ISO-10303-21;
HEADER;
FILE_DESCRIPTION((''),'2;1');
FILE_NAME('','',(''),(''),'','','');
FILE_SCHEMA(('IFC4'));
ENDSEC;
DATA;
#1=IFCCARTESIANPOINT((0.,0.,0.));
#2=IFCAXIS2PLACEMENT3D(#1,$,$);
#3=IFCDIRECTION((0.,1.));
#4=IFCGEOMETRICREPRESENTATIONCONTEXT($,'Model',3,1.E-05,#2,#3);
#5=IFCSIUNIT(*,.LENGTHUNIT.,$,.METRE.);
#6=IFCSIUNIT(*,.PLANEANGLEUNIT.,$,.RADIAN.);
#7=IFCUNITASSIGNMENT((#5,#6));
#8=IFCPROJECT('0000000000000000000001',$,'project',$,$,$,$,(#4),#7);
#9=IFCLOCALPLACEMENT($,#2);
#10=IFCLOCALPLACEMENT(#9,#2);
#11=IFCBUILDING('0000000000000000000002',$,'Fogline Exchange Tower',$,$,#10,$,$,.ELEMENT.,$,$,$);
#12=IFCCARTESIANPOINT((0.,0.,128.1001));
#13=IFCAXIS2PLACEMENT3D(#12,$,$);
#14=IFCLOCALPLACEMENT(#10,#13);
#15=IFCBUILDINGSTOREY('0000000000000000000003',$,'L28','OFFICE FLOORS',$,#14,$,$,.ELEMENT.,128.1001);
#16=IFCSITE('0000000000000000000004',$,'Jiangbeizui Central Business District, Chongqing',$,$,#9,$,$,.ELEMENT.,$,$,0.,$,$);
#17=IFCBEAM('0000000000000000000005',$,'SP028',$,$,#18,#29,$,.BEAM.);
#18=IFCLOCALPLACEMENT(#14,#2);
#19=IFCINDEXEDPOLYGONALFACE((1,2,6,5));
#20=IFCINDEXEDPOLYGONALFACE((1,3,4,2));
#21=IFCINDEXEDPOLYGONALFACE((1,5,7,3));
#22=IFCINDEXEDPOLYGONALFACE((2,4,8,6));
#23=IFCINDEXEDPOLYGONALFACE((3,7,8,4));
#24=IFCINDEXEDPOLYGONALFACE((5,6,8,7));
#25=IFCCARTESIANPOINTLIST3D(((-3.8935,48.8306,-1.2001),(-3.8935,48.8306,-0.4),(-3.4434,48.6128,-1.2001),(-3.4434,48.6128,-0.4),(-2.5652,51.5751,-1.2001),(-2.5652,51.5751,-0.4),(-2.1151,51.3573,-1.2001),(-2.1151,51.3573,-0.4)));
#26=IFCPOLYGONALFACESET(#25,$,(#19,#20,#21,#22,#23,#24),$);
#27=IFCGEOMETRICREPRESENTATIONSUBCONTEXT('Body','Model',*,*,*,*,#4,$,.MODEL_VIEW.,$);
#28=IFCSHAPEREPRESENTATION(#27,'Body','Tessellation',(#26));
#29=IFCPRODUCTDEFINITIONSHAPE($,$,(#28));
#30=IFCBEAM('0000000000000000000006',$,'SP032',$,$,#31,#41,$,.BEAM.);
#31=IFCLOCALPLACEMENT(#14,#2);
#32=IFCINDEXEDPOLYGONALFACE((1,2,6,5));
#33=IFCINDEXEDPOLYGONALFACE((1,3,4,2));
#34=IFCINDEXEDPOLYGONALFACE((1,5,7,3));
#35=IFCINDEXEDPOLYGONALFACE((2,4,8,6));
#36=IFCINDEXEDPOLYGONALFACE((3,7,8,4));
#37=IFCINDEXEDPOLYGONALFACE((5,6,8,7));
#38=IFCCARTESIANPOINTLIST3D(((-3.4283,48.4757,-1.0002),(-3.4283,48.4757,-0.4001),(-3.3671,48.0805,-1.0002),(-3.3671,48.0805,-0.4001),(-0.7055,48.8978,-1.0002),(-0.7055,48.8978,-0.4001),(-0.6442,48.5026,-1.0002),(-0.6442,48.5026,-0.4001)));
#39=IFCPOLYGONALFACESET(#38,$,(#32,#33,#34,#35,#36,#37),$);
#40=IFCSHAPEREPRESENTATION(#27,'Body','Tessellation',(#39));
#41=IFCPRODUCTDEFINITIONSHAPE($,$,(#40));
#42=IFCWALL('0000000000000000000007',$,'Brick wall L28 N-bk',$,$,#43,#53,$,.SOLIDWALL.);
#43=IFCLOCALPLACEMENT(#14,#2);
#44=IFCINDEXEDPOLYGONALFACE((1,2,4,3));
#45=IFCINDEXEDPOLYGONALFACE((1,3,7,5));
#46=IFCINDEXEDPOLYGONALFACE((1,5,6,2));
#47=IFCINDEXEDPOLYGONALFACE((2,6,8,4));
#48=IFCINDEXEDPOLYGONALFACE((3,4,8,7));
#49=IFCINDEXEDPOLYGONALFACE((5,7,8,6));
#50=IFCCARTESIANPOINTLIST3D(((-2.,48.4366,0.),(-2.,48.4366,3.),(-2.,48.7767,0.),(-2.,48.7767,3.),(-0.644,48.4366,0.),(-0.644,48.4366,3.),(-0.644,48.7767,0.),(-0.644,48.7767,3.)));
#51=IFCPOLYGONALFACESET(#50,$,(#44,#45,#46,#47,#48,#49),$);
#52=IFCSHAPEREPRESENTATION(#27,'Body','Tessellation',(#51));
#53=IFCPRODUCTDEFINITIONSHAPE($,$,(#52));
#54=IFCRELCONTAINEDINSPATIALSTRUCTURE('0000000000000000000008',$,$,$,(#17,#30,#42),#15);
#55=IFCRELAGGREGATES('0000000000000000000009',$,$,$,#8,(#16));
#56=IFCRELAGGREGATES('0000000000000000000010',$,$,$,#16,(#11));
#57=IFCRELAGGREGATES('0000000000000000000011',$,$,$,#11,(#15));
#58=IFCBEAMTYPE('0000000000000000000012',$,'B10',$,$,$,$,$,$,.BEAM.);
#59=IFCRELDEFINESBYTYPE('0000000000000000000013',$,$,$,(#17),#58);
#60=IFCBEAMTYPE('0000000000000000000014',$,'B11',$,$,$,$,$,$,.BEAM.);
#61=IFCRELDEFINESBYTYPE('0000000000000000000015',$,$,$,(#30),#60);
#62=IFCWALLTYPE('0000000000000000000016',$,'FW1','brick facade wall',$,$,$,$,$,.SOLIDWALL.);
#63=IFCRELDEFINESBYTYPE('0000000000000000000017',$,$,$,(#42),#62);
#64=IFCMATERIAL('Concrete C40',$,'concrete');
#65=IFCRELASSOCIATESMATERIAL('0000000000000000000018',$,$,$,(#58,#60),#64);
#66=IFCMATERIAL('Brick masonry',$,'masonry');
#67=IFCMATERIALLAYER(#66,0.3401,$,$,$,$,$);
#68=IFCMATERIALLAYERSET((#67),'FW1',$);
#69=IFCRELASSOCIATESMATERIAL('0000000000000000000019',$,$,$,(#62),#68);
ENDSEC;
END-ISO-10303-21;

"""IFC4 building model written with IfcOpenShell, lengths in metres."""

from ifc_helpers import new_model, si_unit, direction, frame, frame_2d, origin, origin_2d, place, context, subcontext, project, spatial, rectangle, extrude, material, layer, layer_set, material_profile, profile_set, type_object, element, save


model = new_model("IFC4")

# Units and contexts
model_context = context("Model", 3, precision=1e-05, world=origin(), true_north=direction((0.0, 1.0)))
body_context = subcontext(model_context, "Body", "Model", "MODEL_VIEW")
ifc_project = project(units=[si_unit("LENGTHUNIT", "METRE"), si_unit("PLANEANGLEUNIT", "RADIAN")], contexts=[model_context])

# Site, building, storey
site_placement = place(None, origin())
site = spatial("IfcSite", under=ifc_project, at=site_placement, Name="Jiangbeizui Central Business District, Chongqing", CompositionType="ELEMENT", RefElevation=0.0)
building_placement = place(site_placement, origin())
building = spatial("IfcBuilding", under=site, at=building_placement, Name="Fogline Exchange Tower", CompositionType="ELEMENT")
storey_placement = place(building_placement, frame((0.0, 0.0, 128.1001)))
storey = spatial("IfcBuildingStorey", under=building, at=storey_placement, Name="L28", Description="OFFICE FLOORS", CompositionType="ELEMENT", Elevation=128.1001)

# Beams
ifc_material_1 = material(Name="Concrete C40", Category="concrete")
ifc_material_profile_1 = material_profile(ifc_material_1, rectangle(XDim=0.5, YDim=0.8, at=origin_2d()), Name="RC 500x800")
ifc_profile_set_1 = profile_set([ifc_material_profile_1], Name="Concrete C40")
beam_type_1 = type_object("IfcBeamType", Name="B10", PredefinedType="BEAM", material=ifc_profile_set_1)
beam_1_placement = place(storey_placement, frame((-3.6685, 48.7217, -0.8), z_axis=(0.435647, 0.900118, 0.0), x_axis=(-0.900118, 0.435647, 0.0)))
element("IfcBeam", 1, at=beam_1_placement, inside=storey, type_object=beam_type_1, Name="SP028", PredefinedType="BEAM", context=body_context, shape_type="SweptSolid", body=[
    extrude(rectangle(XDim=0.5, YDim=0.8, at=origin_2d()), origin(), (0.0, 0.0, 1.0), 3.0491),
])
ifc_material_profile_2 = material_profile(ifc_material_1, rectangle(XDim=0.3999, YDim=0.6001, at=origin_2d()), Name="RC 400x600")
ifc_profile_set_2 = profile_set([ifc_material_profile_2], Name="Concrete C40")
beam_type_2 = type_object("IfcBeamType", Name="B11", PredefinedType="BEAM", material=ifc_profile_set_2)
beam_2_placement = place(storey_placement, frame((-3.3977, 48.2781, -0.7002), z_axis=(0.988196, 0.153196, 0.0), x_axis=(-0.153196, 0.988196, 0.0)))
element("IfcBeam", 2, at=beam_2_placement, inside=storey, type_object=beam_type_2, Name="SP032", PredefinedType="BEAM", context=body_context, shape_type="SweptSolid", body=[
    extrude(rectangle(XDim=0.3999, YDim=0.6001, at=origin_2d()), origin(), (0.0, 0.0, 1.0), 2.7554),
])

# Wall
ifc_material_2 = material(Name="Brick masonry", Category="masonry")
ifc_layer = layer(ifc_material_2, 0.3401)
ifc_layer_set = layer_set([ifc_layer], Name="FW1")
wall_type = type_object("IfcWallType", Name="FW1", Description="brick facade wall", PredefinedType="SOLIDWALL", material=ifc_layer_set)
wall_1_placement = place(storey_placement, frame((-0.644, 48.6067, 0.0), z_axis=(0.0, 0.0, 1.0), x_axis=(-1.0, 0.0, 0.0)))
element("IfcWall", 3, at=wall_1_placement, inside=storey, type_object=wall_type, Name="Brick wall L28 N-bk", PredefinedType="SOLIDWALL", context=body_context, shape_type="SweptSolid", body=[
    extrude(rectangle(XDim=1.356, YDim=0.3401, at=frame_2d((0.678, 0.0))), origin(), (0.0, 0.0, 1.0), 3.0),
])

save(model, "model.ifc")
